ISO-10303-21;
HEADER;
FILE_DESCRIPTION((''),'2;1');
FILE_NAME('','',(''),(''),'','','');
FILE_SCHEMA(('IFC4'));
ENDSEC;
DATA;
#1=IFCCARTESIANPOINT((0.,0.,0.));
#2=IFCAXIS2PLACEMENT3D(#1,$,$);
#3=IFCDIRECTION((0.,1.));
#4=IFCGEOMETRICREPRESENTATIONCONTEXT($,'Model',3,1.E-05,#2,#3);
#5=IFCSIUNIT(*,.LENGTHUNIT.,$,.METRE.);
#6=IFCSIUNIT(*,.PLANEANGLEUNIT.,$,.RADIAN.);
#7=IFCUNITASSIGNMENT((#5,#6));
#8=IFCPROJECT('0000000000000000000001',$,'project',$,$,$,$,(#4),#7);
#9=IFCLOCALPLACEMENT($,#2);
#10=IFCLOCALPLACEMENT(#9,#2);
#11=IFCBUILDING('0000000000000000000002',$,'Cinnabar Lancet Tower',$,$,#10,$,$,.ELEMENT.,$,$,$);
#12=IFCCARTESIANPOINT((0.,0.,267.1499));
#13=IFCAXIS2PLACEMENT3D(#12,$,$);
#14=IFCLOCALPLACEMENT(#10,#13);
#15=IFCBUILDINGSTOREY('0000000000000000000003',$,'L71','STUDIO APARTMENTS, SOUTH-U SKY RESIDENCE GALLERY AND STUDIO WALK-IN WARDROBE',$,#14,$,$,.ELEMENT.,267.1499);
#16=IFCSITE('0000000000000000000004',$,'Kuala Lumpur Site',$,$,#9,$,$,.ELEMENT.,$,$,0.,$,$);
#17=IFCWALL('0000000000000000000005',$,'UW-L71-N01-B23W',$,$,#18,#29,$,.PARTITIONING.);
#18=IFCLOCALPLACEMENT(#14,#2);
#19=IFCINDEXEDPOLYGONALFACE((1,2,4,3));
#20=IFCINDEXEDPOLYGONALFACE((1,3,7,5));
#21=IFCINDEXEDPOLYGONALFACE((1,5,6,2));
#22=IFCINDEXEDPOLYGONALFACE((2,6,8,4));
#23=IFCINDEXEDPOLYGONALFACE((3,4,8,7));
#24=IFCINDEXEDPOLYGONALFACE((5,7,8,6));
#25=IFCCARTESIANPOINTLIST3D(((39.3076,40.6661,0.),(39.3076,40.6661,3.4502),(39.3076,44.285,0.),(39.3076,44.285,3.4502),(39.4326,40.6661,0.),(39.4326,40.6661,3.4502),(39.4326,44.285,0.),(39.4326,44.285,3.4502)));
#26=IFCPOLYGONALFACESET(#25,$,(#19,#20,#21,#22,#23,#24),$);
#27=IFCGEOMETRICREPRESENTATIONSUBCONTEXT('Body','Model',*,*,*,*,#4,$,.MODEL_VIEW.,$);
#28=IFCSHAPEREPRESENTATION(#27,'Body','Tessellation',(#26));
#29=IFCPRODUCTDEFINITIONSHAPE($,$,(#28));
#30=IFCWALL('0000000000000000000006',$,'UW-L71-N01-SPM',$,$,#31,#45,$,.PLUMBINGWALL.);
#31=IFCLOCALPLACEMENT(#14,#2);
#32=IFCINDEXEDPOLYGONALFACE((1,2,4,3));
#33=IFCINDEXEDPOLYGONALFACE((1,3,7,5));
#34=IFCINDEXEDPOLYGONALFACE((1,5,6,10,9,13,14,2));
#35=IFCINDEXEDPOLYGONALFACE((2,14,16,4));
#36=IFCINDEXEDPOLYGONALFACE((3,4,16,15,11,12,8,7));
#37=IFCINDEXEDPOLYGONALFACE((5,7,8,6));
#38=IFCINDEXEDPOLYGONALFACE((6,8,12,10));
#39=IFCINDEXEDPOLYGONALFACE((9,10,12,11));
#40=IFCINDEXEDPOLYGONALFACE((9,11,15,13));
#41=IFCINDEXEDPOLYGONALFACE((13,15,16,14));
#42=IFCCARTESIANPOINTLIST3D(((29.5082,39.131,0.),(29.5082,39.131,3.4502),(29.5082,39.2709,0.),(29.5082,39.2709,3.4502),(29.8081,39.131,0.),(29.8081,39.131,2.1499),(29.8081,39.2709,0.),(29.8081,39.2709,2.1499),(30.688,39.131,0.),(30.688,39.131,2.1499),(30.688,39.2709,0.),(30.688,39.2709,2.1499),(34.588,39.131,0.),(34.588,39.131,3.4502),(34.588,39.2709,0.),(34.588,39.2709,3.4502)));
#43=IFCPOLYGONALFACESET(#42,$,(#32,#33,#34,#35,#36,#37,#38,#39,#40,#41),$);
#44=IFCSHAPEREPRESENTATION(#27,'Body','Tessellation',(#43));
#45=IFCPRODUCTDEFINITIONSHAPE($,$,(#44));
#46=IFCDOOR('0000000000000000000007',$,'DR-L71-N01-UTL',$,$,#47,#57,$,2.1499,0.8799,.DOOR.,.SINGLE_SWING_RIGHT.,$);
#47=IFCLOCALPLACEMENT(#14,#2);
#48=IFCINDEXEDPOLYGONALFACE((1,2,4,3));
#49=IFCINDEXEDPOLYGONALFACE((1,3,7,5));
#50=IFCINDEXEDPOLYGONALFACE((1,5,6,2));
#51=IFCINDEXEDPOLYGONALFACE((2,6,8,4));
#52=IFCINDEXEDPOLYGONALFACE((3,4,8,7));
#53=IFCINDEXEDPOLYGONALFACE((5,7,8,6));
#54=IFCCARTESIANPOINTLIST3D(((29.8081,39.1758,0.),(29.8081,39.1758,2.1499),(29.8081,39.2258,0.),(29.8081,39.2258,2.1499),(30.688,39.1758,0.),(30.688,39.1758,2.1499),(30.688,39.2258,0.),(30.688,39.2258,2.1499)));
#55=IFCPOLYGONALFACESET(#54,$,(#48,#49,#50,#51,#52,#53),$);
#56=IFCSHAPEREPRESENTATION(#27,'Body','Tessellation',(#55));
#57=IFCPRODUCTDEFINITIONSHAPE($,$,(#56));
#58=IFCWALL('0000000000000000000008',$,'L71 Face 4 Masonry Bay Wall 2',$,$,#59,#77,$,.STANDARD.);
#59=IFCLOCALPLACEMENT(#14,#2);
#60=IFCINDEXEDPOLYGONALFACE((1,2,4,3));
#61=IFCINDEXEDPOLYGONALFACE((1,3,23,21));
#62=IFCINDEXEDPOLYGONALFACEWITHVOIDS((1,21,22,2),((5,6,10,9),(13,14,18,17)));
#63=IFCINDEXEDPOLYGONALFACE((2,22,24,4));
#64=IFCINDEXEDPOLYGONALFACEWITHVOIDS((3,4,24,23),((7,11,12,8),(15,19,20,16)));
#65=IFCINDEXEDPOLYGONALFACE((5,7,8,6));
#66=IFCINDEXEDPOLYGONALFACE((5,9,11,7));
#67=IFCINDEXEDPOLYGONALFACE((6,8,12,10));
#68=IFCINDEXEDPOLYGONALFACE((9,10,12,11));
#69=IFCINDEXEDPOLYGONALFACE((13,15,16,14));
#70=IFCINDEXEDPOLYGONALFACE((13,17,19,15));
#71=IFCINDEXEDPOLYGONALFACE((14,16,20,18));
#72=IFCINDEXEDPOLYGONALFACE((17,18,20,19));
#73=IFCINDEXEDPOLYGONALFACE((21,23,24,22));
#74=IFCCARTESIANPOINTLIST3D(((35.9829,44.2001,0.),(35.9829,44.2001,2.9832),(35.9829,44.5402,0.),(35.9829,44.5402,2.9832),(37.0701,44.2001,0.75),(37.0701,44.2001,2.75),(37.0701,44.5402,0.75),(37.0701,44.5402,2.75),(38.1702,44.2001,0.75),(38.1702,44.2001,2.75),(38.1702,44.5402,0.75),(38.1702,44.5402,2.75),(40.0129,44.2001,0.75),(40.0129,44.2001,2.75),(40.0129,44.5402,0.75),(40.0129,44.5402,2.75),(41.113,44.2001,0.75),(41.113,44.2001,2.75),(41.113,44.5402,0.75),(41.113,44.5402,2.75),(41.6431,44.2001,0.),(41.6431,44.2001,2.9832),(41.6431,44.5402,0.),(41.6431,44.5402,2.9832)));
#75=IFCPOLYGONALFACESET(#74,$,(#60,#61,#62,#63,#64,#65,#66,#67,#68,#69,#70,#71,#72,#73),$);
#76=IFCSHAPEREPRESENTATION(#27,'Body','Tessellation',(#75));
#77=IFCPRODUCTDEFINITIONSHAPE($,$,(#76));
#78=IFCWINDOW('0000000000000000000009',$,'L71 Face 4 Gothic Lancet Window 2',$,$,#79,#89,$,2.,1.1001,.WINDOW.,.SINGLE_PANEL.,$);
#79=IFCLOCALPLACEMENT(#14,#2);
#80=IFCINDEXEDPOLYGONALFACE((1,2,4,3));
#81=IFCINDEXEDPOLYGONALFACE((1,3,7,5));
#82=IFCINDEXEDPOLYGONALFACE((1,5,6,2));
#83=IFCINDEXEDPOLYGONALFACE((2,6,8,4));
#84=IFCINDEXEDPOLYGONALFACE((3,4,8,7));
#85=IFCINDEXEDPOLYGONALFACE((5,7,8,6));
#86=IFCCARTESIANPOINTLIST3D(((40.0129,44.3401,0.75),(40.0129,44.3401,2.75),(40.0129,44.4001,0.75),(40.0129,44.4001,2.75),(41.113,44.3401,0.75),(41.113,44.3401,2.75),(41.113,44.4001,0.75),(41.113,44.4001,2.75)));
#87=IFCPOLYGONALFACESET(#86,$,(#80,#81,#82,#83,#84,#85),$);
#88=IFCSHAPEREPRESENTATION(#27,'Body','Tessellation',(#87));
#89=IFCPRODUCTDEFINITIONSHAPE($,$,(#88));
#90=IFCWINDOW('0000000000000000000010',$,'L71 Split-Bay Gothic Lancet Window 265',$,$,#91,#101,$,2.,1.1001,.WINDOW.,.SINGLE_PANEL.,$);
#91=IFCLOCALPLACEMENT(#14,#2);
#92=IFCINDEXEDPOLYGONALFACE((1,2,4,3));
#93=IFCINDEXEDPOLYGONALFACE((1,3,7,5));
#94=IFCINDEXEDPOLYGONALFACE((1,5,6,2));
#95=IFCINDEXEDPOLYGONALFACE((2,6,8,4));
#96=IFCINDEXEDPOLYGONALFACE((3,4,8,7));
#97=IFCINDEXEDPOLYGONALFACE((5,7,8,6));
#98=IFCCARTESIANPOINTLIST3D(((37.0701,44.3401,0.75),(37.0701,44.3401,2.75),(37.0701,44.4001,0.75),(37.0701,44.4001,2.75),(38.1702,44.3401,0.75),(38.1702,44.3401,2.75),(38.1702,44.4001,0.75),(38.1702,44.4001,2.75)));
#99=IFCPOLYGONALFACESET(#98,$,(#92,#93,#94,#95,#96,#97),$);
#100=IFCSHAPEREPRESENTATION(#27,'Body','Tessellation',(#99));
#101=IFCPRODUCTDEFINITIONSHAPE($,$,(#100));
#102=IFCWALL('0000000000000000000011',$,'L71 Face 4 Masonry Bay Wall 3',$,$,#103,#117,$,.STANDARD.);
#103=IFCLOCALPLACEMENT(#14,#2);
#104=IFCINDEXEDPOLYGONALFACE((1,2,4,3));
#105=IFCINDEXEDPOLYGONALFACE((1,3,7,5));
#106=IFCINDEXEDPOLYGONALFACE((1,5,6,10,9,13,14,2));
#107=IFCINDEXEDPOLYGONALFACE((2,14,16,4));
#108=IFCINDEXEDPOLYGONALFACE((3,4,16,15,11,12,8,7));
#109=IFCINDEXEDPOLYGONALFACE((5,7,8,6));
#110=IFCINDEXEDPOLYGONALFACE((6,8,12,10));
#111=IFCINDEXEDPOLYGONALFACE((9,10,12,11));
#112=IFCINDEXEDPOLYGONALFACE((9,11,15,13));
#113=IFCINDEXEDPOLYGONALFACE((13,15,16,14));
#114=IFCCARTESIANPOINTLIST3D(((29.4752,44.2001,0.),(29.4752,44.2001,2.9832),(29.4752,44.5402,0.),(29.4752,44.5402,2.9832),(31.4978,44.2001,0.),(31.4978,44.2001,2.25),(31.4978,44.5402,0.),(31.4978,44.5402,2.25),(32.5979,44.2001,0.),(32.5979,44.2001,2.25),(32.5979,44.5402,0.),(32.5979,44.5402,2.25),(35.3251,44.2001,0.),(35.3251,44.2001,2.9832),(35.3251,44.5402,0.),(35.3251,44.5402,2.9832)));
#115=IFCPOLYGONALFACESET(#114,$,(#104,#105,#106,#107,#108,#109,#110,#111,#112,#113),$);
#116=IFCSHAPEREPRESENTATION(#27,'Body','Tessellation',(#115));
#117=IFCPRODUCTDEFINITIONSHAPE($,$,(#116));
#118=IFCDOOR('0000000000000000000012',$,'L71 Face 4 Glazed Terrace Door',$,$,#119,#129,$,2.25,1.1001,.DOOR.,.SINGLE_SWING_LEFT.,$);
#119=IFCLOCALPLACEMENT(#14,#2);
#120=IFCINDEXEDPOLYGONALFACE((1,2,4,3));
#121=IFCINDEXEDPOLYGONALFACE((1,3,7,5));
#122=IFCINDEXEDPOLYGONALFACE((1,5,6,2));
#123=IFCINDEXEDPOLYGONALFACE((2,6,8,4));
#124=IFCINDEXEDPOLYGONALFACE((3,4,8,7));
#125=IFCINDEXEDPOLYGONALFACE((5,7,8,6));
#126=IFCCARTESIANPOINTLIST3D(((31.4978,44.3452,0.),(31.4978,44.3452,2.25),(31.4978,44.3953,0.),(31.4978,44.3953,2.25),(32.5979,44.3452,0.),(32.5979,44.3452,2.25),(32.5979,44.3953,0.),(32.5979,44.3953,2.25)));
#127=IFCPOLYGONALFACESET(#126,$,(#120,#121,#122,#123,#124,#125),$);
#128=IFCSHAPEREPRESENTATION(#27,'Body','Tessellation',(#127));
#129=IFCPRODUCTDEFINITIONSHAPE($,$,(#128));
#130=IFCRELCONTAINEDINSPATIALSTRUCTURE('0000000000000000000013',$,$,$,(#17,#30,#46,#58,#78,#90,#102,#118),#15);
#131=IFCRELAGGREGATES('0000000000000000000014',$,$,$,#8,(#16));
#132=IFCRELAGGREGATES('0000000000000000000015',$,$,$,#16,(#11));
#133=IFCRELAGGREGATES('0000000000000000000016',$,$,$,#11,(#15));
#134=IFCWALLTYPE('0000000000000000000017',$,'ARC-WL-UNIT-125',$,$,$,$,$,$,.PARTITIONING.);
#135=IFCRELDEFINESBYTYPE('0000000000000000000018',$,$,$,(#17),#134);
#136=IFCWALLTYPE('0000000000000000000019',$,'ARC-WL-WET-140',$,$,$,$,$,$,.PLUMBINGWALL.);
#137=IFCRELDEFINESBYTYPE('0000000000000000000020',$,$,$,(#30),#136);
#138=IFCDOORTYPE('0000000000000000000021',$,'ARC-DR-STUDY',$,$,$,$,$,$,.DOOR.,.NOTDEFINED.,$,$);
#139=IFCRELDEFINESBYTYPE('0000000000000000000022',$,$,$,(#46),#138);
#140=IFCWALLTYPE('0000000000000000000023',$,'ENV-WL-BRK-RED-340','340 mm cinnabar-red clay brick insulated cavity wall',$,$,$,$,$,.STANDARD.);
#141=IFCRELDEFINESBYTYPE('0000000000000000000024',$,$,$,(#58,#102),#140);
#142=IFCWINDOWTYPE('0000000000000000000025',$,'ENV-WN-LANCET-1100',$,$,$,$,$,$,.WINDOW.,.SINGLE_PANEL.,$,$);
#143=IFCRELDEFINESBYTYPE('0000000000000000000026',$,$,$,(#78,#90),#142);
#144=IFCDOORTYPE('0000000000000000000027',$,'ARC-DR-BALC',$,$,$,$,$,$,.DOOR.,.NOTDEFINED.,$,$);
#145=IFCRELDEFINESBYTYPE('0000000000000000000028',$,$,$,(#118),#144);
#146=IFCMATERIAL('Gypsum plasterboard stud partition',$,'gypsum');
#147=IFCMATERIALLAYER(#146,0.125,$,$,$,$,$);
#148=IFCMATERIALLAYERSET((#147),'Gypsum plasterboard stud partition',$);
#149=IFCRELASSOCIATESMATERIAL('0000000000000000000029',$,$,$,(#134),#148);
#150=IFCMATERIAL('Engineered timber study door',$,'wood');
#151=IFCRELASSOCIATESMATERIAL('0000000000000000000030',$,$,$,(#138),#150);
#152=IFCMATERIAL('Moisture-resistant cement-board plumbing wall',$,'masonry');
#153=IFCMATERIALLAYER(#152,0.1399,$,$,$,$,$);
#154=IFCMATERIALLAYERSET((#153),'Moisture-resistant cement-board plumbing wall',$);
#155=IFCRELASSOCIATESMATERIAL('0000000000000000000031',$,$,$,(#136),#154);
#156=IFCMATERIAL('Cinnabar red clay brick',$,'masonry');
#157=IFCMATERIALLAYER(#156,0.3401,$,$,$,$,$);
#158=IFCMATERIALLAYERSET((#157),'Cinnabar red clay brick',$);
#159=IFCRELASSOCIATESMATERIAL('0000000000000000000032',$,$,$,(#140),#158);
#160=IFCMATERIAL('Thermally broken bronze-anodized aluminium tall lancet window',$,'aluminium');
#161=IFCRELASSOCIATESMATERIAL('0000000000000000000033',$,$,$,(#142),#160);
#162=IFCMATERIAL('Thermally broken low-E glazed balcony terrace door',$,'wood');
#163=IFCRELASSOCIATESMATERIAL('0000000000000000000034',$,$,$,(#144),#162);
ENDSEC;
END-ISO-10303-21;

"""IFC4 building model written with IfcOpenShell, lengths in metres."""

from ifc_helpers import new_model, si_unit, direction, frame, frame_2d, origin, place, context, subcontext, project, spatial, rectangle, extrude, material, layer, layer_set, type_object, element, fill, save


model = new_model("IFC4")

# Units and contexts
model_context = context("Model", 3, precision=1e-05, world=origin(), true_north=direction((0.0, 1.0)))
body_context = subcontext(model_context, "Body", "Model", "MODEL_VIEW")
ifc_project = project(units=[si_unit("LENGTHUNIT", "METRE"), si_unit("PLANEANGLEUNIT", "RADIAN")], contexts=[model_context])

# Site, building, storey
site_placement = place(None, origin())
site = spatial("IfcSite", under=ifc_project, at=site_placement, Name="Kuala Lumpur Site", CompositionType="ELEMENT", RefElevation=0.0)
building_placement = place(site_placement, origin())
building = spatial("IfcBuilding", under=site, at=building_placement, Name="Cinnabar Lancet Tower", CompositionType="ELEMENT")
storey_placement = place(building_placement, frame((0.0, 0.0, 267.1499)))
storey = spatial("IfcBuildingStorey", under=building, at=storey_placement, Name="L71", Description="STUDIO APARTMENTS, SOUTH-U SKY RESIDENCE GALLERY AND STUDIO WALK-IN WARDROBE", CompositionType="ELEMENT", Elevation=267.1499)

# Shared definitions
ifc_material_1 = material(Name="Gypsum plasterboard stud partition", Category="gypsum")
ifc_layer_1 = layer(ifc_material_1, 0.125)
ifc_layer_set_1 = layer_set([ifc_layer_1], Name="Gypsum plasterboard stud partition")
wall_type_1 = type_object("IfcWallType", Name="ARC-WL-UNIT-125", PredefinedType="PARTITIONING", material=ifc_layer_set_1)
ifc_material_2 = material(Name="Engineered timber study door", Category="wood")
door_type_1 = type_object("IfcDoorType", Name="ARC-DR-STUDY", OperationType="NOTDEFINED", PredefinedType="DOOR", material=ifc_material_2)

# Wall
for number, where, z_axis, x_axis, name in (
    (1, (39.3701, 40.666, 0.0), (0.0, 0.0, 1.0), (0.0, 1.0, 0.0), "UW-L71-N01-B23W"),
):
    element("IfcWall", number, at=place(storey_placement, frame(where, z_axis=z_axis, x_axis=x_axis)), inside=storey, type_object=wall_type_1, Name=name, PredefinedType="PARTITIONING", context=body_context, shape_type="SweptSolid", body=[
        extrude(rectangle(XDim=3.6189, YDim=0.125, at=frame_2d((1.8096, 0.0))), origin(), (0.0, 0.0, 1.0), 3.4502),
    ])

# Wall, opening, door
ifc_material_3 = material(Name="Moisture-resistant cement-board plumbing wall", Category="masonry")
ifc_layer_2 = layer(ifc_material_3, 0.1399)
ifc_layer_set_2 = layer_set([ifc_layer_2], Name="Moisture-resistant cement-board plumbing wall")
wall_type_2 = type_object("IfcWallType", Name="ARC-WL-WET-140", PredefinedType="PLUMBINGWALL", material=ifc_layer_set_2)
wall_1_placement = place(storey_placement, frame((29.5081, 39.2009, 0.0), z_axis=(0.0, 0.0, 1.0), x_axis=(1.0, 0.0, 0.0)))
wall_1 = element("IfcWall", 2, at=wall_1_placement, inside=storey, type_object=wall_type_2, Name="UW-L71-N01-SPM", PredefinedType="PLUMBINGWALL", context=body_context, shape_type="SweptSolid", body=[
    extrude(rectangle(XDim=5.0798, YDim=0.1399, at=frame_2d((2.54, 0.0))), origin(), (0.0, 0.0, 1.0), 3.4502),
])
opening_1_placement = place(wall_1_placement, frame((0.3, 0.0, 0.0)))
opening_1 = element("IfcOpeningElement", 3, at=opening_1_placement, cuts=wall_1, PredefinedType="OPENING", context=body_context, shape_type="SweptSolid", body=[
    extrude(rectangle(XDim=0.8799, YDim=2.1499, at=frame_2d((0.4399, 1.075))), frame((0.0, 0.0798, 0.0), z_axis=(0.0, -1.0, 0.0), x_axis=(1.0, 0.0, 0.0)), (0.0, 0.0, 1.0), 0.1599),
])
door_1_placement = place(opening_1_placement, origin())
door_1 = element("IfcDoor", 4, at=door_1_placement, inside=storey, type_object=door_type_1, Name="DR-L71-N01-UTL", OperationType="SINGLE_SWING_RIGHT", OverallHeight=2.1499, OverallWidth=0.8799, PredefinedType="DOOR", context=body_context, shape_type="SweptSolid", body=[
    extrude(rectangle(XDim=0.8799, YDim=2.1499, at=frame_2d((0.4399, 1.075))), frame((0.0, 0.0249, 0.0), z_axis=(0.0, -1.0, 0.0), x_axis=(1.0, 0.0, 0.0)), (0.0, 0.0, 1.0), 0.05),
])
fill(opening_1, door_1)

# Wall, openings, windows
ifc_material_4 = material(Name="Cinnabar red clay brick", Category="masonry")
ifc_layer_3 = layer(ifc_material_4, 0.3401)
ifc_layer_set_3 = layer_set([ifc_layer_3], Name="Cinnabar red clay brick")
wall_type_3 = type_object("IfcWallType", Name="ENV-WL-BRK-RED-340", Description="340 mm cinnabar-red clay brick insulated cavity wall", PredefinedType="STANDARD", material=ifc_layer_set_3)
wall_2_placement = place(storey_placement, frame((41.6431, 44.3701, 0.0), z_axis=(0.0, 0.0, 1.0), x_axis=(-1.0, 0.0, 0.0)))
wall_2 = element("IfcWall", 5, at=wall_2_placement, inside=storey, type_object=wall_type_3, Name="L71 Face 4 Masonry Bay Wall 2", PredefinedType="STANDARD", context=body_context, shape_type="SweptSolid", body=[
    extrude(rectangle(XDim=5.6602, YDim=0.3401, at=frame_2d((2.8301, 0.0))), origin(), (0.0, 0.0, 1.0), 2.9832),
])
opening_2_placement = place(wall_2_placement, frame((0.53, 0.0, 0.75)))
opening_2 = element("IfcOpeningElement", 6, at=opening_2_placement, cuts=wall_2, PredefinedType="OPENING", context=body_context, shape_type="SweptSolid", body=[
    extrude(rectangle(XDim=1.1001, YDim=2.0, at=frame_2d((0.55, 1.0))), frame((0.0, 0.1799, 0.0), z_axis=(0.0, -1.0, 0.0), x_axis=(1.0, 0.0, 0.0)), (0.0, 0.0, 1.0), 0.3601),
])
opening_3_placement = place(wall_2_placement, frame((3.4729, 0.0, 0.75)))
opening_3 = element("IfcOpeningElement", 7, at=opening_3_placement, cuts=wall_2, PredefinedType="OPENING", context=body_context, shape_type="SweptSolid", body=[
    extrude(rectangle(XDim=1.1001, YDim=2.0, at=frame_2d((0.55, 1.0))), frame((0.0, 0.1799, 0.0), z_axis=(0.0, -1.0, 0.0), x_axis=(1.0, 0.0, 0.0)), (0.0, 0.0, 1.0), 0.3601),
])
ifc_material_5 = material(Name="Thermally broken bronze-anodized aluminium tall lancet window", Category="aluminium")
window_type = type_object("IfcWindowType", Name="ENV-WN-LANCET-1100", PartitioningType="SINGLE_PANEL", PredefinedType="WINDOW", material=ifc_material_5)
window_1_placement = place(opening_2_placement, origin())
window_1 = element("IfcWindow", 8, at=window_1_placement, inside=storey, type_object=window_type, Name="L71 Face 4 Gothic Lancet Window 2", OverallHeight=2.0, OverallWidth=1.1001, PartitioningType="SINGLE_PANEL", PredefinedType="WINDOW", context=body_context, shape_type="SweptSolid", body=[
    extrude(rectangle(XDim=1.1001, YDim=2.0, at=frame_2d((0.55, 1.0))), frame((0.0, 0.03, 0.0), z_axis=(0.0, -1.0, 0.0), x_axis=(1.0, 0.0, 0.0)), (0.0, 0.0, 1.0), 0.0601),
])
fill(opening_2, window_1)
window_2_placement = place(opening_3_placement, origin())
window_2 = element("IfcWindow", 9, at=window_2_placement, inside=storey, type_object=window_type, Name="L71 Split-Bay Gothic Lancet Window 265", OverallHeight=2.0, OverallWidth=1.1001, PartitioningType="SINGLE_PANEL", PredefinedType="WINDOW", context=body_context, shape_type="SweptSolid", body=[
    extrude(rectangle(XDim=1.1001, YDim=2.0, at=frame_2d((0.55, 1.0))), frame((0.0, 0.03, 0.0), z_axis=(0.0, -1.0, 0.0), x_axis=(1.0, 0.0, 0.0)), (0.0, 0.0, 1.0), 0.0601),
])
fill(opening_3, window_2)

# Wall, opening, door
wall_3_placement = place(storey_placement, frame((35.325, 44.3701, 0.0), z_axis=(0.0, 0.0, 1.0), x_axis=(-1.0, 0.0, 0.0)))
wall_3 = element("IfcWall", 10, at=wall_3_placement, inside=storey, type_object=wall_type_3, Name="L71 Face 4 Masonry Bay Wall 3", PredefinedType="STANDARD", context=body_context, shape_type="SweptSolid", body=[
    extrude(rectangle(XDim=5.8499, YDim=0.3401, at=frame_2d((2.9248, 0.0))), origin(), (0.0, 0.0, 1.0), 2.9832),
])
opening_4_placement = place(wall_3_placement, frame((2.7271, 0.0, 0.0)))
opening_4 = element("IfcOpeningElement", 11, at=opening_4_placement, cuts=wall_3, PredefinedType="OPENING", context=body_context, shape_type="SweptSolid", body=[
    extrude(rectangle(XDim=1.1001, YDim=2.25, at=frame_2d((0.55, 1.125))), frame((0.0, 0.1799, 0.0), z_axis=(0.0, -1.0, 0.0), x_axis=(1.0, 0.0, 0.0)), (0.0, 0.0, 1.0), 0.3601),
])
ifc_material_6 = material(Name="Thermally broken low-E glazed balcony terrace door", Category="wood")
door_type_2 = type_object("IfcDoorType", Name="ARC-DR-BALC", OperationType="NOTDEFINED", PredefinedType="DOOR", material=ifc_material_6)
door_2_placement = place(opening_4_placement, origin())
door_2 = element("IfcDoor", 12, at=door_2_placement, inside=storey, type_object=door_type_2, Name="L71 Face 4 Glazed Terrace Door", OperationType="SINGLE_SWING_LEFT", OverallHeight=2.25, OverallWidth=1.1001, PredefinedType="DOOR", context=body_context, shape_type="SweptSolid", body=[
    extrude(rectangle(XDim=1.1001, YDim=2.25, at=frame_2d((0.55, 1.125))), frame((0.0, 0.0249, 0.0), z_axis=(0.0, -1.0, 0.0), x_axis=(1.0, 0.0, 0.0)), (0.0, 0.0, 1.0), 0.05),
])
fill(opening_4, door_2)

save(model, "model.ifc")
